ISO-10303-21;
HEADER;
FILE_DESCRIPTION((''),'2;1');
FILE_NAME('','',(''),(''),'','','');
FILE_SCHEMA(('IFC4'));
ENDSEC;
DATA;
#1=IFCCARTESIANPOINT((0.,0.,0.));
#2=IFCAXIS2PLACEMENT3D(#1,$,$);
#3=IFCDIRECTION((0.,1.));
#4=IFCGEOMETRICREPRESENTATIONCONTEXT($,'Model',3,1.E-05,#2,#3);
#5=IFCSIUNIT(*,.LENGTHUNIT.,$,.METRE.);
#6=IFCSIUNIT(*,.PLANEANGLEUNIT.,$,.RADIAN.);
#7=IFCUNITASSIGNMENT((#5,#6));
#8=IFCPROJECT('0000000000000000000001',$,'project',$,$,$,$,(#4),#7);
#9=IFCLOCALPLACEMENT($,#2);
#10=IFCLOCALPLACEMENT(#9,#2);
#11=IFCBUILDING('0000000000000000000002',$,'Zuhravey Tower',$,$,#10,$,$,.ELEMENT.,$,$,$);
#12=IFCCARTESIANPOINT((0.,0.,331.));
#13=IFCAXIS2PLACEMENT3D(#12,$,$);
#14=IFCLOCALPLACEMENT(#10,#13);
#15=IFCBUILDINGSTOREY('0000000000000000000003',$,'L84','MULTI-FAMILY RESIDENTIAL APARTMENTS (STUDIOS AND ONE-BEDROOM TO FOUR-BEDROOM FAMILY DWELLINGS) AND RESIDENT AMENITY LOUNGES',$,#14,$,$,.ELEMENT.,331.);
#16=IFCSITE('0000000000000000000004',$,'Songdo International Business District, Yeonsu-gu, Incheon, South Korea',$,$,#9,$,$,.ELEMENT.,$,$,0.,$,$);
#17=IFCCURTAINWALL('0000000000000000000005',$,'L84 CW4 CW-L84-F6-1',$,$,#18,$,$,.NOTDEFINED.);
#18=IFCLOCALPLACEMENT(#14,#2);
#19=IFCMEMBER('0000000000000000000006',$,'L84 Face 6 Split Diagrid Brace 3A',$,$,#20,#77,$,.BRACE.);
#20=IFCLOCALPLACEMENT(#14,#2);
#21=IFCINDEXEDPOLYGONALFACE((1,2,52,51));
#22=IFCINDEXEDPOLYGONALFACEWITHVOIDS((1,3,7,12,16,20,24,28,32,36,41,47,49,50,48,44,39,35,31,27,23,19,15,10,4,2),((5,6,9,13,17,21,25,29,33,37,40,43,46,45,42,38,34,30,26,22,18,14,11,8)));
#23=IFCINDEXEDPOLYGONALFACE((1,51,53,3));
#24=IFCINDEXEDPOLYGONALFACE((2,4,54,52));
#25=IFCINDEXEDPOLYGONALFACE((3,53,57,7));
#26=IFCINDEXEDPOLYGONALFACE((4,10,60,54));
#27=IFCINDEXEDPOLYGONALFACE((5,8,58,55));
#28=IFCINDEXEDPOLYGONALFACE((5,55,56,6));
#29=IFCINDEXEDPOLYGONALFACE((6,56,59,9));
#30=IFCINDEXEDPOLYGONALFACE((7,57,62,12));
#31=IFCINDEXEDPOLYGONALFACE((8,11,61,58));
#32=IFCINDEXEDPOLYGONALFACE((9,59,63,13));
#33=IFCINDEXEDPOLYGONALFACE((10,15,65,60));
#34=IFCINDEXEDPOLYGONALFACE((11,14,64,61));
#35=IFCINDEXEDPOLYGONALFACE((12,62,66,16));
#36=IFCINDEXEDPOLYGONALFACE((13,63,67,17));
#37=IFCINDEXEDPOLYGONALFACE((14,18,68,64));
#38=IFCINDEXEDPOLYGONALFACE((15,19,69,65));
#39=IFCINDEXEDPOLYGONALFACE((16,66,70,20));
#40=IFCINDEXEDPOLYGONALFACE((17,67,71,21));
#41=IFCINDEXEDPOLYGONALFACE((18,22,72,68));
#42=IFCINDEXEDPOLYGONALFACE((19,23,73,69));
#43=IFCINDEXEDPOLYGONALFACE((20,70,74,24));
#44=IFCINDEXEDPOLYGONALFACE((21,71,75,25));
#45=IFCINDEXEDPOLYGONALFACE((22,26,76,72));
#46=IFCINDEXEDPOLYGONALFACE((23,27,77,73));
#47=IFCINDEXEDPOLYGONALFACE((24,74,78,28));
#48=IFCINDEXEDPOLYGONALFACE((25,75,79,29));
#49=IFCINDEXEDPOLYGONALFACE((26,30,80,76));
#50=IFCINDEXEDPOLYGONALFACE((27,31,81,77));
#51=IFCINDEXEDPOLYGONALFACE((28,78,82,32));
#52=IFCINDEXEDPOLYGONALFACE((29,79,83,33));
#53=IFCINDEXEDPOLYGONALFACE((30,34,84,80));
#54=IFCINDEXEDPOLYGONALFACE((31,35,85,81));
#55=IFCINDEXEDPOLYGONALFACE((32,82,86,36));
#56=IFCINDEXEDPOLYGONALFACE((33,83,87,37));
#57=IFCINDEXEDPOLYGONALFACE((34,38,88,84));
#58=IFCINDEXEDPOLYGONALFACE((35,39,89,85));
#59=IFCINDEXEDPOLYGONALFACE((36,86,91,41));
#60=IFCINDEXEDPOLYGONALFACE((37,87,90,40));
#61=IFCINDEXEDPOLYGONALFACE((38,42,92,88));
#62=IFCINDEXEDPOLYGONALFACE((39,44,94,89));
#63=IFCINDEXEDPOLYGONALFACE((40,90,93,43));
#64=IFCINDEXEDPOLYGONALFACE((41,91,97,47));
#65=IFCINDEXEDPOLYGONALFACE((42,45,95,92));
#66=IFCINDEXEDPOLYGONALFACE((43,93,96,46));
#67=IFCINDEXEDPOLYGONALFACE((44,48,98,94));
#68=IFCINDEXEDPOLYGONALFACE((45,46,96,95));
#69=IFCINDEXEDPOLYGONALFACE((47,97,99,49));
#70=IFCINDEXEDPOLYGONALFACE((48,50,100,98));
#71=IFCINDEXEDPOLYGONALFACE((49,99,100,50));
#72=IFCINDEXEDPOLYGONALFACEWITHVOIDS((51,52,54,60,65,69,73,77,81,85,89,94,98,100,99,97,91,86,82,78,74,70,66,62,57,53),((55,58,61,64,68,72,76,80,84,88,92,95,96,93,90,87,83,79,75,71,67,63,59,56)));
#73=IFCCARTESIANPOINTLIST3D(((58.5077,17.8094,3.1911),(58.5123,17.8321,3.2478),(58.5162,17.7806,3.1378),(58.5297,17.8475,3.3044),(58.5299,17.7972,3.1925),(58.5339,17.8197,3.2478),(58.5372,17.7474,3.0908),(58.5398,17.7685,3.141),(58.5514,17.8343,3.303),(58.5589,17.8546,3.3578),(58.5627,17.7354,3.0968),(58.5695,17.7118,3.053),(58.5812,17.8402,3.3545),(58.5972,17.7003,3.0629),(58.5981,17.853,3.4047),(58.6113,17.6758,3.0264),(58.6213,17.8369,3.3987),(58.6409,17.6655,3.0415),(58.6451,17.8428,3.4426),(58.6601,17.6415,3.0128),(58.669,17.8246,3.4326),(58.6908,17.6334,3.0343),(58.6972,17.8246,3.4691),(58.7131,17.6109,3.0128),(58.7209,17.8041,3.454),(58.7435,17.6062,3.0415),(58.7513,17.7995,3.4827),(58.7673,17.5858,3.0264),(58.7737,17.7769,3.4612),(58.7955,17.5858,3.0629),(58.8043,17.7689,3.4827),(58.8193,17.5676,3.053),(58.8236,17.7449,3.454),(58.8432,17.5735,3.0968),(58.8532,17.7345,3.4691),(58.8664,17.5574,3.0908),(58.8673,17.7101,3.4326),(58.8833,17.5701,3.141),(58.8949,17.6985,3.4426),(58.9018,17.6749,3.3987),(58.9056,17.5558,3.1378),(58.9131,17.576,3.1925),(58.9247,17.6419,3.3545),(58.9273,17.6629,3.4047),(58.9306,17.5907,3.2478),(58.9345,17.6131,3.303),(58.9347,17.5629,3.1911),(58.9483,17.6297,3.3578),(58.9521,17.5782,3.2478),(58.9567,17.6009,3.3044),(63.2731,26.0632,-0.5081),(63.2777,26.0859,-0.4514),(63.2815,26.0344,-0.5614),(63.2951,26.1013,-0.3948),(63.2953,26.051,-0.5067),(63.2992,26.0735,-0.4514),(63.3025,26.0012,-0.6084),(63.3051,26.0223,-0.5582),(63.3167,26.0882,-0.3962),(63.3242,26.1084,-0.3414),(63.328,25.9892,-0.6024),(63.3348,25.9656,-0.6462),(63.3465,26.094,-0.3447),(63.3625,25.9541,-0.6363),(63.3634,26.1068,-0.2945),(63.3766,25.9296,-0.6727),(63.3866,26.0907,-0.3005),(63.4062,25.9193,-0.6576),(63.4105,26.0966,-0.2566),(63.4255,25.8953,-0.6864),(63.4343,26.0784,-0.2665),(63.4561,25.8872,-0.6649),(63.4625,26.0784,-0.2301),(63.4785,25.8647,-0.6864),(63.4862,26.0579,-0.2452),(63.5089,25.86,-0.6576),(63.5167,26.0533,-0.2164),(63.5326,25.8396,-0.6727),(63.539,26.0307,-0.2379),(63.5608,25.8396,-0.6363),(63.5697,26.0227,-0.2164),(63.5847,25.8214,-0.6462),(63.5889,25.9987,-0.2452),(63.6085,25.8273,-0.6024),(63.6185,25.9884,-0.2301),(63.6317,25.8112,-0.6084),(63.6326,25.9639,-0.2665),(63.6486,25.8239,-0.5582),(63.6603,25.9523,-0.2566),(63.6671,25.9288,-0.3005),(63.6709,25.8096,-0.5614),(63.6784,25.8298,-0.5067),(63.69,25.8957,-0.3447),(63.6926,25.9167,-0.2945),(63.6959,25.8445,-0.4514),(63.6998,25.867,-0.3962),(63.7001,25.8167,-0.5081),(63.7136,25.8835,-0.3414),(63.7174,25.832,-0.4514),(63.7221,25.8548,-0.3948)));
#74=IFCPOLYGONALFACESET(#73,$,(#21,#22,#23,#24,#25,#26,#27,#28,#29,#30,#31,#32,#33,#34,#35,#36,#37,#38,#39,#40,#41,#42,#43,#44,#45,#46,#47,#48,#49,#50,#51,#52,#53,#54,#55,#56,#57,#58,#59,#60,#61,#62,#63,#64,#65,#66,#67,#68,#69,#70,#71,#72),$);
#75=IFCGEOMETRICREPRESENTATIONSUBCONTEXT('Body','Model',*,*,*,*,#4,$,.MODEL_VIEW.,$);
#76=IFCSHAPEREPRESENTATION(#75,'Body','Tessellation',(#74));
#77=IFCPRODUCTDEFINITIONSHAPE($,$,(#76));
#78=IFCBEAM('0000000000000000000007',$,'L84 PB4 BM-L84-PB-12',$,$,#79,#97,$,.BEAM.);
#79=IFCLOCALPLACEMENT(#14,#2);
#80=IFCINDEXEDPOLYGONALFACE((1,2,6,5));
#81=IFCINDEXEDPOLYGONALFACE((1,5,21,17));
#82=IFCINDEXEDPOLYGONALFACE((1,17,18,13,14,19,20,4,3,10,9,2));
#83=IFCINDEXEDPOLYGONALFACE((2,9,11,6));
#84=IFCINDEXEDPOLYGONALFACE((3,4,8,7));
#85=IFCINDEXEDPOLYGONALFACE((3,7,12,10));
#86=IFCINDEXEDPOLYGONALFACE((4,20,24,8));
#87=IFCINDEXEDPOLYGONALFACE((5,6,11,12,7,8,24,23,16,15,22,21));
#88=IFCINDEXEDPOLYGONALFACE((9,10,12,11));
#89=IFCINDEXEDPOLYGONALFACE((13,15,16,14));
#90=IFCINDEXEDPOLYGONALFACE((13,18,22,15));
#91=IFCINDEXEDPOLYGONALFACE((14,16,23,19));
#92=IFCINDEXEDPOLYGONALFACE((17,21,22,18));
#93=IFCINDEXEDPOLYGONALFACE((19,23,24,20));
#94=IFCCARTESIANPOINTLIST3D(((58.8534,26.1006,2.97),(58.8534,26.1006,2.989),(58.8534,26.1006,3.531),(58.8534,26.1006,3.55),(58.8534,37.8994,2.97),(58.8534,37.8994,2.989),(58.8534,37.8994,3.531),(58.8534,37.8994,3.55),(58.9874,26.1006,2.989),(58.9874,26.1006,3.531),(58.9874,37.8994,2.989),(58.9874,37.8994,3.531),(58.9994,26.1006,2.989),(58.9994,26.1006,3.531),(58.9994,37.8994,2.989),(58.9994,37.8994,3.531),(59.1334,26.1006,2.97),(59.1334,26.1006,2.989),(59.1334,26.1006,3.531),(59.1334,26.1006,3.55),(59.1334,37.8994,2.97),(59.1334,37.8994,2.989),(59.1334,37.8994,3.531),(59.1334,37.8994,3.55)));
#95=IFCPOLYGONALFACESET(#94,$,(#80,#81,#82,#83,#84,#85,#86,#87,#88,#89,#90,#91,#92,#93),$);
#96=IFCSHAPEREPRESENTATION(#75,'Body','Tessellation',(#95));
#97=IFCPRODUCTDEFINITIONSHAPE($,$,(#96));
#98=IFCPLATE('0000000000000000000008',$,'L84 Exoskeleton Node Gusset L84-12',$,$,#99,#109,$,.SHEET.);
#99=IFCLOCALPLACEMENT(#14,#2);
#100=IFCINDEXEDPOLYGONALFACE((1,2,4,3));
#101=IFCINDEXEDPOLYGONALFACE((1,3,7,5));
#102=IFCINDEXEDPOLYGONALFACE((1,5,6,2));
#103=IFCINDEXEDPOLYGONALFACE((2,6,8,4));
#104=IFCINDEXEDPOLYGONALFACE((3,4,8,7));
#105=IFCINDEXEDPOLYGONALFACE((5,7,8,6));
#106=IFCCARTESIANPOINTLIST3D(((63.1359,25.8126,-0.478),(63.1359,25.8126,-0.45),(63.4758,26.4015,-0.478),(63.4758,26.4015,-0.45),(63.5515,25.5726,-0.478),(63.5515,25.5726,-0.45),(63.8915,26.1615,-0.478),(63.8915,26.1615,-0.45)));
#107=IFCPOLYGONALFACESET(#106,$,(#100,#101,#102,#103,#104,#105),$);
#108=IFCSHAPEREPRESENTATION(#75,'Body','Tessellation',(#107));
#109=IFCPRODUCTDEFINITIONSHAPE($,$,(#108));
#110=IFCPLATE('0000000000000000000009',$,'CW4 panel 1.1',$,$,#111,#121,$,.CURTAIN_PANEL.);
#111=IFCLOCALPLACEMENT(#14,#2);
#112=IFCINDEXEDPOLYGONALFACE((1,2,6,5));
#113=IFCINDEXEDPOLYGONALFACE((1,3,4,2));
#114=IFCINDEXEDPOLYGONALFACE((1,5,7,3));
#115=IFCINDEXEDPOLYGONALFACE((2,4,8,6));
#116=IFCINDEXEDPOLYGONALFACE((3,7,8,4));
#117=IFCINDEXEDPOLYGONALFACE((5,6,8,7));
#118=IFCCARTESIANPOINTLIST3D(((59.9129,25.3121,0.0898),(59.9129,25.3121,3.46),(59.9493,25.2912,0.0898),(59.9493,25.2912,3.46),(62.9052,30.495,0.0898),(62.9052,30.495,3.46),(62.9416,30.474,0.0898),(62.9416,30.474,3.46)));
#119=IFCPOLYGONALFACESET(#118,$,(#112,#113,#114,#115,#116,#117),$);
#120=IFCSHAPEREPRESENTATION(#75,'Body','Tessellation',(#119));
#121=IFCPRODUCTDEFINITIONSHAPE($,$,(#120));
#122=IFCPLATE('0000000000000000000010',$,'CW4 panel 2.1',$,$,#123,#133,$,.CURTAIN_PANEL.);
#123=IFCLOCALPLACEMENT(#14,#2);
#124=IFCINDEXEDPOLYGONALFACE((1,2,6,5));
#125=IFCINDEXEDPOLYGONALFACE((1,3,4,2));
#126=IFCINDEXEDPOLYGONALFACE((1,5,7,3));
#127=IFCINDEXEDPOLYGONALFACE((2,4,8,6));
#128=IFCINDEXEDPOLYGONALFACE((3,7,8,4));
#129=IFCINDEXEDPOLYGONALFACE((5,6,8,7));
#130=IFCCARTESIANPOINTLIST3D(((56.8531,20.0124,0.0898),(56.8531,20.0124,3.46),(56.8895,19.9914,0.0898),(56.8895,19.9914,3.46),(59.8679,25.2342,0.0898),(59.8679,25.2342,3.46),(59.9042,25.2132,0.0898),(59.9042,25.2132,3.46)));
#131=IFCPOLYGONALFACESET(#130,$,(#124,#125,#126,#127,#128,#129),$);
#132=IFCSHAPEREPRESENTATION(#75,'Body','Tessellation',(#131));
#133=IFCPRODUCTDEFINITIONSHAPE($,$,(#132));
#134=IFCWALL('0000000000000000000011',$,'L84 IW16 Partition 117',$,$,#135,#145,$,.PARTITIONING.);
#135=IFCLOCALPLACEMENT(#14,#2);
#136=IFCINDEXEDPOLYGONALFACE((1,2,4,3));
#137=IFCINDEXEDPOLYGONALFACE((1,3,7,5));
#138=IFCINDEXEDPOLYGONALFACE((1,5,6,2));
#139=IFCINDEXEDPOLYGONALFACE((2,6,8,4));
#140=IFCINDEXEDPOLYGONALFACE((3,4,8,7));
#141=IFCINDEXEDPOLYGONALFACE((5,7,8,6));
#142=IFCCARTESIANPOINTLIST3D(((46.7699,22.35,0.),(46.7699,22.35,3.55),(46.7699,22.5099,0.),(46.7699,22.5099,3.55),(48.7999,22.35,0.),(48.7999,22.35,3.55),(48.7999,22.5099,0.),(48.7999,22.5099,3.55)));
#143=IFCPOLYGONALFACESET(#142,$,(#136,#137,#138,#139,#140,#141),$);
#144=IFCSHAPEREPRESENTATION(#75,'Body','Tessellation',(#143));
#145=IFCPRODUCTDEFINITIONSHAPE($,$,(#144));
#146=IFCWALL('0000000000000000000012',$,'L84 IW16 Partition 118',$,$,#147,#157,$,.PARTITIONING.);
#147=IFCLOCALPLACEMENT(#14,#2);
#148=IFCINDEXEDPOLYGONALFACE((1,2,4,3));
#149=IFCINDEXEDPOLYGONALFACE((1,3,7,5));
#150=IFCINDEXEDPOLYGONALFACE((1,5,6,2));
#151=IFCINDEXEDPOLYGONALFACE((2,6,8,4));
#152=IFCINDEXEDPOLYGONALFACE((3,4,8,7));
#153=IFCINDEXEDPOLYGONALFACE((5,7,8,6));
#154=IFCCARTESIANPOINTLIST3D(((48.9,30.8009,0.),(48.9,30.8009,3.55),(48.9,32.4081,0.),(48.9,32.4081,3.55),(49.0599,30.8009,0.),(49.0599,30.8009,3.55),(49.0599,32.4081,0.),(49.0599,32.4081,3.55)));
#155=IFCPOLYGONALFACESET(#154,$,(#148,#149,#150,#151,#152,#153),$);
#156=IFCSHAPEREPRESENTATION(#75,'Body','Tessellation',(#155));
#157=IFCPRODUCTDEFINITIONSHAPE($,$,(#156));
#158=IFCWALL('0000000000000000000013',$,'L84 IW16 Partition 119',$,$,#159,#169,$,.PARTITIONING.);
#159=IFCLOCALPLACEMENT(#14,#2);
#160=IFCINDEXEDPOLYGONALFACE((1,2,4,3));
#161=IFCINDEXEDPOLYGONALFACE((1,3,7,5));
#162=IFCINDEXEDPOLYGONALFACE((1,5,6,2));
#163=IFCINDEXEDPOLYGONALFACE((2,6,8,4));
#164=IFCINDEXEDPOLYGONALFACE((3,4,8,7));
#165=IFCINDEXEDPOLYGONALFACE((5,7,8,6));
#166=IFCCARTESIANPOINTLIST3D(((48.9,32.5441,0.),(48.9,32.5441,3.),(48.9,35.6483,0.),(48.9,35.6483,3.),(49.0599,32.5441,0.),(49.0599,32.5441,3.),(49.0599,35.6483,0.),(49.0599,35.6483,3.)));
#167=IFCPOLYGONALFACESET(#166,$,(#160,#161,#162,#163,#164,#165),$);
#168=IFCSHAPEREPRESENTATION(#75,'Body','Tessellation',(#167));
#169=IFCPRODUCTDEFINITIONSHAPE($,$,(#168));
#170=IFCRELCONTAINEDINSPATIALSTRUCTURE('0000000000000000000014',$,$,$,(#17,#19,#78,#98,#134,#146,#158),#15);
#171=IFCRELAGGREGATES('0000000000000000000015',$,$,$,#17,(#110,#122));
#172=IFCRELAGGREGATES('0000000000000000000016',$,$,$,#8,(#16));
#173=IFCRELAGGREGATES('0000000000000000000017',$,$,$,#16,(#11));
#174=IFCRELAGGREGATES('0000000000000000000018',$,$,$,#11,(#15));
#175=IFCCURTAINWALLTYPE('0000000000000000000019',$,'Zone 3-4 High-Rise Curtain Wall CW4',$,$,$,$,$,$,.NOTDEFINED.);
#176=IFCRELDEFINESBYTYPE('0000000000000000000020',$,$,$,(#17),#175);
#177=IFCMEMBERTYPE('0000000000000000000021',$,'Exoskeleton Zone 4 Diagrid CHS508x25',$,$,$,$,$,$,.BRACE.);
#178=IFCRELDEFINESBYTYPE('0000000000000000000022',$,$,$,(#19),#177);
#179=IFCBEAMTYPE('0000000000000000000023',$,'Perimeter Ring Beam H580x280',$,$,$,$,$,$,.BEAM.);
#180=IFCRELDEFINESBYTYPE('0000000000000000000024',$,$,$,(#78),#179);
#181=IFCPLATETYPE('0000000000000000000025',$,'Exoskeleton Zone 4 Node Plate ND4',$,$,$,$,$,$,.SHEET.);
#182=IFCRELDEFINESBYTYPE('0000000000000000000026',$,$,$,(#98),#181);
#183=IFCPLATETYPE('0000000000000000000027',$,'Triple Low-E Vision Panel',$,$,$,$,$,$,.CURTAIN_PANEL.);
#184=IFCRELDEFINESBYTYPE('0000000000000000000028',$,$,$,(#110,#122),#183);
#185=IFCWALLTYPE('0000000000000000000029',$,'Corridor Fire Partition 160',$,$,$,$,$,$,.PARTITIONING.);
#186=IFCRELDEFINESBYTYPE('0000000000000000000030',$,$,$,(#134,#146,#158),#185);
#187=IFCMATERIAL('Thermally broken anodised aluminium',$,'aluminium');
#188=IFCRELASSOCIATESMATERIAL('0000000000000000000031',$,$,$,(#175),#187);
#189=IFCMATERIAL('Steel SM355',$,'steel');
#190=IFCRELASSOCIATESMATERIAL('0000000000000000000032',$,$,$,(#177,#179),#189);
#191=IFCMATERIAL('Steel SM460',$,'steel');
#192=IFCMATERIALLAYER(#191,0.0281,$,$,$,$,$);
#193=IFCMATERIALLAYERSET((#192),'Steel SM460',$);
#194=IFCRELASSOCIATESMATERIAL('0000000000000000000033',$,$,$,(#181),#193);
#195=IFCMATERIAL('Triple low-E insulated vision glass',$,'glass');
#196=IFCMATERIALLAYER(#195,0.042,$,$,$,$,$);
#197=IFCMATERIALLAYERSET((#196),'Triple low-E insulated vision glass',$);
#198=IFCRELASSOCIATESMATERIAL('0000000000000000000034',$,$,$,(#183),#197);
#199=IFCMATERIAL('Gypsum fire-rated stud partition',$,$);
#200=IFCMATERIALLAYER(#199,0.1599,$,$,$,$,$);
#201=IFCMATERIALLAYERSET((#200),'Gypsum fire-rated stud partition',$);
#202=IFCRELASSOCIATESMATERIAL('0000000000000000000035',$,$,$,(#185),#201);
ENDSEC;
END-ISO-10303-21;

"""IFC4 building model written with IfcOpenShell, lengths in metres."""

from ifc_helpers import new_model, si_unit, direction, frame, frame_2d, origin, origin_2d, place, context, subcontext, project, spatial, rectangle, hollow_circle, i_section, extrude, material, layer, layer_set, material_profile, profile_set, type_object, element, aggregate, save


model = new_model("IFC4")

# Units and contexts
model_context = context("Model", 3, precision=1e-05, world=origin(), true_north=direction((0.0, 1.0)))
body_context = subcontext(model_context, "Body", "Model", "MODEL_VIEW")
ifc_project = project(units=[si_unit("LENGTHUNIT", "METRE"), si_unit("PLANEANGLEUNIT", "RADIAN")], contexts=[model_context])

# Site, building, storey
site_placement = place(None, origin())
site = spatial("IfcSite", under=ifc_project, at=site_placement, Name="Songdo International Business District, Yeonsu-gu, Incheon, South Korea", CompositionType="ELEMENT", RefElevation=0.0)
building_placement = place(site_placement, origin())
building = spatial("IfcBuilding", under=site, at=building_placement, Name="Zuhravey Tower", CompositionType="ELEMENT")
storey_placement = place(building_placement, frame((0.0, 0.0, 331.0)))
storey = spatial("IfcBuildingStorey", under=building, at=storey_placement, Name="L84", Description="MULTI-FAMILY RESIDENTIAL APARTMENTS (STUDIOS AND ONE-BEDROOM TO FOUR-BEDROOM FAMILY DWELLINGS) AND RESIDENT AMENITY LOUNGES", CompositionType="ELEMENT", Elevation=331.0)

# Curtain wall
ifc_material_1 = material(Name="Thermally broken anodised aluminium", Category="aluminium")
curtain_wall_type = type_object("IfcCurtainWallType", Name="Zone 3-4 High-Rise Curtain Wall CW4", PredefinedType="NOTDEFINED", material=ifc_material_1)
curtain_wall_placement = place(storey_placement, origin())
curtain_wall = element("IfcCurtainWall", 1, at=curtain_wall_placement, inside=storey, type_object=curtain_wall_type, Name="L84 CW4 CW-L84-F6-1", PredefinedType="NOTDEFINED")

# Member
ifc_material_2 = material(Name="Steel SM355", Category="steel")
ifc_material_profile_1 = material_profile(ifc_material_2, hollow_circle(Radius=0.2539, WallThickness=0.0249, at=origin_2d()), Name="CHS-508.0x25")
ifc_profile_set_1 = profile_set([ifc_material_profile_1], Name="Steel SM355")
member_type_1 = type_object("IfcMemberType", Name="Exoskeleton Zone 4 Diagrid CHS508x25", PredefinedType="BRACE", material=ifc_profile_set_1)
member_1_placement = place(storey_placement, frame((63.4976, 25.959, -0.4514), z_axis=(-0.46612, -0.807346, 0.361835), x_axis=(0.866026, -0.499999, 0.0)))
element("IfcMember", 2, at=member_1_placement, inside=storey, type_object=member_type_1, Name="L84 Face 6 Split Diagrid Brace 3A", PredefinedType="BRACE", context=body_context, shape_type="SweptSolid", body=[
    extrude(hollow_circle(Radius=0.2539, WallThickness=0.0249, at=origin_2d()), origin(), (0.0, 0.0, 1.0), 10.2234),
])

# Beam
ifc_material_profile_2 = material_profile(ifc_material_2, i_section(OverallWidth=0.28, OverallDepth=0.5801, WebThickness=0.012, FlangeThickness=0.019, at=origin_2d()), Name="H-580x280x12x19")
ifc_profile_set_2 = profile_set([ifc_material_profile_2], Name="Steel SM355")
beam_type = type_object("IfcBeamType", Name="Perimeter Ring Beam H580x280", PredefinedType="BEAM", material=ifc_profile_set_2)
beam_placement = place(storey_placement, frame((58.9934, 26.1006, 3.26), z_axis=(0.0, 1.0, 0.0), x_axis=(-1.0, 0.0, 0.0)))
element("IfcBeam", 3, at=beam_placement, inside=storey, type_object=beam_type, Name="L84 PB4 BM-L84-PB-12", PredefinedType="BEAM", context=body_context, shape_type="SweptSolid", body=[
    extrude(i_section(OverallWidth=0.28, OverallDepth=0.5801, WebThickness=0.012, FlangeThickness=0.019, at=origin_2d()), origin(), (0.0, 0.0, 1.0), 11.7988),
])

# Plates
ifc_material_3 = material(Name="Steel SM460", Category="steel")
ifc_layer_1 = layer(ifc_material_3, 0.0281)
ifc_layer_set_1 = layer_set([ifc_layer_1], Name="Steel SM460")
plate_type_1 = type_object("IfcPlateType", Name="Exoskeleton Zone 4 Node Plate ND4", PredefinedType="SHEET", material=ifc_layer_set_1)
plate_1_placement = place(storey_placement, frame((63.5137, 25.9871, -0.478), z_axis=(0.0, 0.0, 1.0), x_axis=(0.5, 0.866025, 0.0)))
element("IfcPlate", 4, at=plate_1_placement, inside=storey, type_object=plate_type_1, Name="L84 Exoskeleton Node Gusset L84-12", PredefinedType="SHEET", context=body_context, shape_type="SweptSolid", body=[
    extrude(rectangle(XDim=0.6799, YDim=0.48, at=origin_2d()), origin(), (0.0, 0.0, 1.0), 0.0281),
])
ifc_material_4 = material(Name="Triple low-E insulated vision glass", Category="glass")
ifc_layer_2 = layer(ifc_material_4, 0.042)
ifc_layer_set_2 = layer_set([ifc_layer_2], Name="Triple low-E insulated vision glass")
plate_type_2 = type_object("IfcPlateType", Name="Triple Low-E Vision Panel", PredefinedType="CURTAIN_PANEL", material=ifc_layer_set_2)
plate_2_placement = place(storey_placement, frame((61.4272, 27.8931, 0.0898), z_axis=(0.0, 0.0, 1.0), x_axis=(-0.5, -0.866026, 0.0)))
plate_2 = element("IfcPlate", 5, at=plate_2_placement, type_object=plate_type_2, Name="CW4 panel 1.1", PredefinedType="CURTAIN_PANEL", context=body_context, shape_type="SweptSolid", body=[
    extrude(rectangle(XDim=5.9846, YDim=0.042, at=origin_2d()), origin(), (0.0, 0.0, 1.0), 3.3701),
])
plate_3_placement = place(storey_placement, frame((58.3787, 22.6128, 0.0898), z_axis=(0.0, 0.0, 1.0), x_axis=(-0.5, -0.866026, 0.0)))
plate_3 = element("IfcPlate", 6, at=plate_3_placement, type_object=plate_type_2, Name="CW4 panel 2.1", PredefinedType="CURTAIN_PANEL", context=body_context, shape_type="SweptSolid", body=[
    extrude(rectangle(XDim=6.0295, YDim=0.042, at=origin_2d()), origin(), (0.0, 0.0, 1.0), 3.3701),
])
aggregate(curtain_wall, [plate_2, plate_3])

# Walls
ifc_material_5 = material(Name="Gypsum fire-rated stud partition")
ifc_layer_3 = layer(ifc_material_5, 0.1599)
ifc_layer_set_3 = layer_set([ifc_layer_3], Name="Gypsum fire-rated stud partition")
wall_type_1 = type_object("IfcWallType", Name="Corridor Fire Partition 160", PredefinedType="PARTITIONING", material=ifc_layer_set_3)
wall_1_placement = place(storey_placement, frame((48.8, 22.4299, 0.0), z_axis=(0.0, 0.0, 1.0), x_axis=(-1.0, 0.0, 0.0)))
element("IfcWall", 7, at=wall_1_placement, inside=storey, type_object=wall_type_1, Name="L84 IW16 Partition 117", PredefinedType="PARTITIONING", context=body_context, shape_type="SweptSolid", body=[
    extrude(rectangle(XDim=2.03, YDim=0.1599, at=frame_2d((1.0151, 0.0))), origin(), (0.0, 0.0, 1.0), 3.55),
])
wall_2_placement = place(storey_placement, frame((48.98, 30.8008, 0.0), z_axis=(0.0, 0.0, 1.0), x_axis=(0.0, 1.0, 0.0)))
element("IfcWall", 8, at=wall_2_placement, inside=storey, type_object=wall_type_1, Name="L84 IW16 Partition 118", PredefinedType="PARTITIONING", context=body_context, shape_type="SweptSolid", body=[
    extrude(rectangle(XDim=1.6072, YDim=0.1599, at=frame_2d((0.8037, 0.0))), origin(), (0.0, 0.0, 1.0), 3.55),
])
wall_3_placement = place(storey_placement, frame((48.98, 32.5439, 0.0), z_axis=(0.0, 0.0, 1.0), x_axis=(0.0, 1.0, 0.0)))
element("IfcWall", 9, at=wall_3_placement, inside=storey, type_object=wall_type_1, Name="L84 IW16 Partition 119", PredefinedType="PARTITIONING", context=body_context, shape_type="SweptSolid", body=[
    extrude(rectangle(XDim=3.1042, YDim=0.1599, at=frame_2d((1.5522, 0.0))), origin(), (0.0, 0.0, 1.0), 3.0),
])

save(model, "model.ifc")
